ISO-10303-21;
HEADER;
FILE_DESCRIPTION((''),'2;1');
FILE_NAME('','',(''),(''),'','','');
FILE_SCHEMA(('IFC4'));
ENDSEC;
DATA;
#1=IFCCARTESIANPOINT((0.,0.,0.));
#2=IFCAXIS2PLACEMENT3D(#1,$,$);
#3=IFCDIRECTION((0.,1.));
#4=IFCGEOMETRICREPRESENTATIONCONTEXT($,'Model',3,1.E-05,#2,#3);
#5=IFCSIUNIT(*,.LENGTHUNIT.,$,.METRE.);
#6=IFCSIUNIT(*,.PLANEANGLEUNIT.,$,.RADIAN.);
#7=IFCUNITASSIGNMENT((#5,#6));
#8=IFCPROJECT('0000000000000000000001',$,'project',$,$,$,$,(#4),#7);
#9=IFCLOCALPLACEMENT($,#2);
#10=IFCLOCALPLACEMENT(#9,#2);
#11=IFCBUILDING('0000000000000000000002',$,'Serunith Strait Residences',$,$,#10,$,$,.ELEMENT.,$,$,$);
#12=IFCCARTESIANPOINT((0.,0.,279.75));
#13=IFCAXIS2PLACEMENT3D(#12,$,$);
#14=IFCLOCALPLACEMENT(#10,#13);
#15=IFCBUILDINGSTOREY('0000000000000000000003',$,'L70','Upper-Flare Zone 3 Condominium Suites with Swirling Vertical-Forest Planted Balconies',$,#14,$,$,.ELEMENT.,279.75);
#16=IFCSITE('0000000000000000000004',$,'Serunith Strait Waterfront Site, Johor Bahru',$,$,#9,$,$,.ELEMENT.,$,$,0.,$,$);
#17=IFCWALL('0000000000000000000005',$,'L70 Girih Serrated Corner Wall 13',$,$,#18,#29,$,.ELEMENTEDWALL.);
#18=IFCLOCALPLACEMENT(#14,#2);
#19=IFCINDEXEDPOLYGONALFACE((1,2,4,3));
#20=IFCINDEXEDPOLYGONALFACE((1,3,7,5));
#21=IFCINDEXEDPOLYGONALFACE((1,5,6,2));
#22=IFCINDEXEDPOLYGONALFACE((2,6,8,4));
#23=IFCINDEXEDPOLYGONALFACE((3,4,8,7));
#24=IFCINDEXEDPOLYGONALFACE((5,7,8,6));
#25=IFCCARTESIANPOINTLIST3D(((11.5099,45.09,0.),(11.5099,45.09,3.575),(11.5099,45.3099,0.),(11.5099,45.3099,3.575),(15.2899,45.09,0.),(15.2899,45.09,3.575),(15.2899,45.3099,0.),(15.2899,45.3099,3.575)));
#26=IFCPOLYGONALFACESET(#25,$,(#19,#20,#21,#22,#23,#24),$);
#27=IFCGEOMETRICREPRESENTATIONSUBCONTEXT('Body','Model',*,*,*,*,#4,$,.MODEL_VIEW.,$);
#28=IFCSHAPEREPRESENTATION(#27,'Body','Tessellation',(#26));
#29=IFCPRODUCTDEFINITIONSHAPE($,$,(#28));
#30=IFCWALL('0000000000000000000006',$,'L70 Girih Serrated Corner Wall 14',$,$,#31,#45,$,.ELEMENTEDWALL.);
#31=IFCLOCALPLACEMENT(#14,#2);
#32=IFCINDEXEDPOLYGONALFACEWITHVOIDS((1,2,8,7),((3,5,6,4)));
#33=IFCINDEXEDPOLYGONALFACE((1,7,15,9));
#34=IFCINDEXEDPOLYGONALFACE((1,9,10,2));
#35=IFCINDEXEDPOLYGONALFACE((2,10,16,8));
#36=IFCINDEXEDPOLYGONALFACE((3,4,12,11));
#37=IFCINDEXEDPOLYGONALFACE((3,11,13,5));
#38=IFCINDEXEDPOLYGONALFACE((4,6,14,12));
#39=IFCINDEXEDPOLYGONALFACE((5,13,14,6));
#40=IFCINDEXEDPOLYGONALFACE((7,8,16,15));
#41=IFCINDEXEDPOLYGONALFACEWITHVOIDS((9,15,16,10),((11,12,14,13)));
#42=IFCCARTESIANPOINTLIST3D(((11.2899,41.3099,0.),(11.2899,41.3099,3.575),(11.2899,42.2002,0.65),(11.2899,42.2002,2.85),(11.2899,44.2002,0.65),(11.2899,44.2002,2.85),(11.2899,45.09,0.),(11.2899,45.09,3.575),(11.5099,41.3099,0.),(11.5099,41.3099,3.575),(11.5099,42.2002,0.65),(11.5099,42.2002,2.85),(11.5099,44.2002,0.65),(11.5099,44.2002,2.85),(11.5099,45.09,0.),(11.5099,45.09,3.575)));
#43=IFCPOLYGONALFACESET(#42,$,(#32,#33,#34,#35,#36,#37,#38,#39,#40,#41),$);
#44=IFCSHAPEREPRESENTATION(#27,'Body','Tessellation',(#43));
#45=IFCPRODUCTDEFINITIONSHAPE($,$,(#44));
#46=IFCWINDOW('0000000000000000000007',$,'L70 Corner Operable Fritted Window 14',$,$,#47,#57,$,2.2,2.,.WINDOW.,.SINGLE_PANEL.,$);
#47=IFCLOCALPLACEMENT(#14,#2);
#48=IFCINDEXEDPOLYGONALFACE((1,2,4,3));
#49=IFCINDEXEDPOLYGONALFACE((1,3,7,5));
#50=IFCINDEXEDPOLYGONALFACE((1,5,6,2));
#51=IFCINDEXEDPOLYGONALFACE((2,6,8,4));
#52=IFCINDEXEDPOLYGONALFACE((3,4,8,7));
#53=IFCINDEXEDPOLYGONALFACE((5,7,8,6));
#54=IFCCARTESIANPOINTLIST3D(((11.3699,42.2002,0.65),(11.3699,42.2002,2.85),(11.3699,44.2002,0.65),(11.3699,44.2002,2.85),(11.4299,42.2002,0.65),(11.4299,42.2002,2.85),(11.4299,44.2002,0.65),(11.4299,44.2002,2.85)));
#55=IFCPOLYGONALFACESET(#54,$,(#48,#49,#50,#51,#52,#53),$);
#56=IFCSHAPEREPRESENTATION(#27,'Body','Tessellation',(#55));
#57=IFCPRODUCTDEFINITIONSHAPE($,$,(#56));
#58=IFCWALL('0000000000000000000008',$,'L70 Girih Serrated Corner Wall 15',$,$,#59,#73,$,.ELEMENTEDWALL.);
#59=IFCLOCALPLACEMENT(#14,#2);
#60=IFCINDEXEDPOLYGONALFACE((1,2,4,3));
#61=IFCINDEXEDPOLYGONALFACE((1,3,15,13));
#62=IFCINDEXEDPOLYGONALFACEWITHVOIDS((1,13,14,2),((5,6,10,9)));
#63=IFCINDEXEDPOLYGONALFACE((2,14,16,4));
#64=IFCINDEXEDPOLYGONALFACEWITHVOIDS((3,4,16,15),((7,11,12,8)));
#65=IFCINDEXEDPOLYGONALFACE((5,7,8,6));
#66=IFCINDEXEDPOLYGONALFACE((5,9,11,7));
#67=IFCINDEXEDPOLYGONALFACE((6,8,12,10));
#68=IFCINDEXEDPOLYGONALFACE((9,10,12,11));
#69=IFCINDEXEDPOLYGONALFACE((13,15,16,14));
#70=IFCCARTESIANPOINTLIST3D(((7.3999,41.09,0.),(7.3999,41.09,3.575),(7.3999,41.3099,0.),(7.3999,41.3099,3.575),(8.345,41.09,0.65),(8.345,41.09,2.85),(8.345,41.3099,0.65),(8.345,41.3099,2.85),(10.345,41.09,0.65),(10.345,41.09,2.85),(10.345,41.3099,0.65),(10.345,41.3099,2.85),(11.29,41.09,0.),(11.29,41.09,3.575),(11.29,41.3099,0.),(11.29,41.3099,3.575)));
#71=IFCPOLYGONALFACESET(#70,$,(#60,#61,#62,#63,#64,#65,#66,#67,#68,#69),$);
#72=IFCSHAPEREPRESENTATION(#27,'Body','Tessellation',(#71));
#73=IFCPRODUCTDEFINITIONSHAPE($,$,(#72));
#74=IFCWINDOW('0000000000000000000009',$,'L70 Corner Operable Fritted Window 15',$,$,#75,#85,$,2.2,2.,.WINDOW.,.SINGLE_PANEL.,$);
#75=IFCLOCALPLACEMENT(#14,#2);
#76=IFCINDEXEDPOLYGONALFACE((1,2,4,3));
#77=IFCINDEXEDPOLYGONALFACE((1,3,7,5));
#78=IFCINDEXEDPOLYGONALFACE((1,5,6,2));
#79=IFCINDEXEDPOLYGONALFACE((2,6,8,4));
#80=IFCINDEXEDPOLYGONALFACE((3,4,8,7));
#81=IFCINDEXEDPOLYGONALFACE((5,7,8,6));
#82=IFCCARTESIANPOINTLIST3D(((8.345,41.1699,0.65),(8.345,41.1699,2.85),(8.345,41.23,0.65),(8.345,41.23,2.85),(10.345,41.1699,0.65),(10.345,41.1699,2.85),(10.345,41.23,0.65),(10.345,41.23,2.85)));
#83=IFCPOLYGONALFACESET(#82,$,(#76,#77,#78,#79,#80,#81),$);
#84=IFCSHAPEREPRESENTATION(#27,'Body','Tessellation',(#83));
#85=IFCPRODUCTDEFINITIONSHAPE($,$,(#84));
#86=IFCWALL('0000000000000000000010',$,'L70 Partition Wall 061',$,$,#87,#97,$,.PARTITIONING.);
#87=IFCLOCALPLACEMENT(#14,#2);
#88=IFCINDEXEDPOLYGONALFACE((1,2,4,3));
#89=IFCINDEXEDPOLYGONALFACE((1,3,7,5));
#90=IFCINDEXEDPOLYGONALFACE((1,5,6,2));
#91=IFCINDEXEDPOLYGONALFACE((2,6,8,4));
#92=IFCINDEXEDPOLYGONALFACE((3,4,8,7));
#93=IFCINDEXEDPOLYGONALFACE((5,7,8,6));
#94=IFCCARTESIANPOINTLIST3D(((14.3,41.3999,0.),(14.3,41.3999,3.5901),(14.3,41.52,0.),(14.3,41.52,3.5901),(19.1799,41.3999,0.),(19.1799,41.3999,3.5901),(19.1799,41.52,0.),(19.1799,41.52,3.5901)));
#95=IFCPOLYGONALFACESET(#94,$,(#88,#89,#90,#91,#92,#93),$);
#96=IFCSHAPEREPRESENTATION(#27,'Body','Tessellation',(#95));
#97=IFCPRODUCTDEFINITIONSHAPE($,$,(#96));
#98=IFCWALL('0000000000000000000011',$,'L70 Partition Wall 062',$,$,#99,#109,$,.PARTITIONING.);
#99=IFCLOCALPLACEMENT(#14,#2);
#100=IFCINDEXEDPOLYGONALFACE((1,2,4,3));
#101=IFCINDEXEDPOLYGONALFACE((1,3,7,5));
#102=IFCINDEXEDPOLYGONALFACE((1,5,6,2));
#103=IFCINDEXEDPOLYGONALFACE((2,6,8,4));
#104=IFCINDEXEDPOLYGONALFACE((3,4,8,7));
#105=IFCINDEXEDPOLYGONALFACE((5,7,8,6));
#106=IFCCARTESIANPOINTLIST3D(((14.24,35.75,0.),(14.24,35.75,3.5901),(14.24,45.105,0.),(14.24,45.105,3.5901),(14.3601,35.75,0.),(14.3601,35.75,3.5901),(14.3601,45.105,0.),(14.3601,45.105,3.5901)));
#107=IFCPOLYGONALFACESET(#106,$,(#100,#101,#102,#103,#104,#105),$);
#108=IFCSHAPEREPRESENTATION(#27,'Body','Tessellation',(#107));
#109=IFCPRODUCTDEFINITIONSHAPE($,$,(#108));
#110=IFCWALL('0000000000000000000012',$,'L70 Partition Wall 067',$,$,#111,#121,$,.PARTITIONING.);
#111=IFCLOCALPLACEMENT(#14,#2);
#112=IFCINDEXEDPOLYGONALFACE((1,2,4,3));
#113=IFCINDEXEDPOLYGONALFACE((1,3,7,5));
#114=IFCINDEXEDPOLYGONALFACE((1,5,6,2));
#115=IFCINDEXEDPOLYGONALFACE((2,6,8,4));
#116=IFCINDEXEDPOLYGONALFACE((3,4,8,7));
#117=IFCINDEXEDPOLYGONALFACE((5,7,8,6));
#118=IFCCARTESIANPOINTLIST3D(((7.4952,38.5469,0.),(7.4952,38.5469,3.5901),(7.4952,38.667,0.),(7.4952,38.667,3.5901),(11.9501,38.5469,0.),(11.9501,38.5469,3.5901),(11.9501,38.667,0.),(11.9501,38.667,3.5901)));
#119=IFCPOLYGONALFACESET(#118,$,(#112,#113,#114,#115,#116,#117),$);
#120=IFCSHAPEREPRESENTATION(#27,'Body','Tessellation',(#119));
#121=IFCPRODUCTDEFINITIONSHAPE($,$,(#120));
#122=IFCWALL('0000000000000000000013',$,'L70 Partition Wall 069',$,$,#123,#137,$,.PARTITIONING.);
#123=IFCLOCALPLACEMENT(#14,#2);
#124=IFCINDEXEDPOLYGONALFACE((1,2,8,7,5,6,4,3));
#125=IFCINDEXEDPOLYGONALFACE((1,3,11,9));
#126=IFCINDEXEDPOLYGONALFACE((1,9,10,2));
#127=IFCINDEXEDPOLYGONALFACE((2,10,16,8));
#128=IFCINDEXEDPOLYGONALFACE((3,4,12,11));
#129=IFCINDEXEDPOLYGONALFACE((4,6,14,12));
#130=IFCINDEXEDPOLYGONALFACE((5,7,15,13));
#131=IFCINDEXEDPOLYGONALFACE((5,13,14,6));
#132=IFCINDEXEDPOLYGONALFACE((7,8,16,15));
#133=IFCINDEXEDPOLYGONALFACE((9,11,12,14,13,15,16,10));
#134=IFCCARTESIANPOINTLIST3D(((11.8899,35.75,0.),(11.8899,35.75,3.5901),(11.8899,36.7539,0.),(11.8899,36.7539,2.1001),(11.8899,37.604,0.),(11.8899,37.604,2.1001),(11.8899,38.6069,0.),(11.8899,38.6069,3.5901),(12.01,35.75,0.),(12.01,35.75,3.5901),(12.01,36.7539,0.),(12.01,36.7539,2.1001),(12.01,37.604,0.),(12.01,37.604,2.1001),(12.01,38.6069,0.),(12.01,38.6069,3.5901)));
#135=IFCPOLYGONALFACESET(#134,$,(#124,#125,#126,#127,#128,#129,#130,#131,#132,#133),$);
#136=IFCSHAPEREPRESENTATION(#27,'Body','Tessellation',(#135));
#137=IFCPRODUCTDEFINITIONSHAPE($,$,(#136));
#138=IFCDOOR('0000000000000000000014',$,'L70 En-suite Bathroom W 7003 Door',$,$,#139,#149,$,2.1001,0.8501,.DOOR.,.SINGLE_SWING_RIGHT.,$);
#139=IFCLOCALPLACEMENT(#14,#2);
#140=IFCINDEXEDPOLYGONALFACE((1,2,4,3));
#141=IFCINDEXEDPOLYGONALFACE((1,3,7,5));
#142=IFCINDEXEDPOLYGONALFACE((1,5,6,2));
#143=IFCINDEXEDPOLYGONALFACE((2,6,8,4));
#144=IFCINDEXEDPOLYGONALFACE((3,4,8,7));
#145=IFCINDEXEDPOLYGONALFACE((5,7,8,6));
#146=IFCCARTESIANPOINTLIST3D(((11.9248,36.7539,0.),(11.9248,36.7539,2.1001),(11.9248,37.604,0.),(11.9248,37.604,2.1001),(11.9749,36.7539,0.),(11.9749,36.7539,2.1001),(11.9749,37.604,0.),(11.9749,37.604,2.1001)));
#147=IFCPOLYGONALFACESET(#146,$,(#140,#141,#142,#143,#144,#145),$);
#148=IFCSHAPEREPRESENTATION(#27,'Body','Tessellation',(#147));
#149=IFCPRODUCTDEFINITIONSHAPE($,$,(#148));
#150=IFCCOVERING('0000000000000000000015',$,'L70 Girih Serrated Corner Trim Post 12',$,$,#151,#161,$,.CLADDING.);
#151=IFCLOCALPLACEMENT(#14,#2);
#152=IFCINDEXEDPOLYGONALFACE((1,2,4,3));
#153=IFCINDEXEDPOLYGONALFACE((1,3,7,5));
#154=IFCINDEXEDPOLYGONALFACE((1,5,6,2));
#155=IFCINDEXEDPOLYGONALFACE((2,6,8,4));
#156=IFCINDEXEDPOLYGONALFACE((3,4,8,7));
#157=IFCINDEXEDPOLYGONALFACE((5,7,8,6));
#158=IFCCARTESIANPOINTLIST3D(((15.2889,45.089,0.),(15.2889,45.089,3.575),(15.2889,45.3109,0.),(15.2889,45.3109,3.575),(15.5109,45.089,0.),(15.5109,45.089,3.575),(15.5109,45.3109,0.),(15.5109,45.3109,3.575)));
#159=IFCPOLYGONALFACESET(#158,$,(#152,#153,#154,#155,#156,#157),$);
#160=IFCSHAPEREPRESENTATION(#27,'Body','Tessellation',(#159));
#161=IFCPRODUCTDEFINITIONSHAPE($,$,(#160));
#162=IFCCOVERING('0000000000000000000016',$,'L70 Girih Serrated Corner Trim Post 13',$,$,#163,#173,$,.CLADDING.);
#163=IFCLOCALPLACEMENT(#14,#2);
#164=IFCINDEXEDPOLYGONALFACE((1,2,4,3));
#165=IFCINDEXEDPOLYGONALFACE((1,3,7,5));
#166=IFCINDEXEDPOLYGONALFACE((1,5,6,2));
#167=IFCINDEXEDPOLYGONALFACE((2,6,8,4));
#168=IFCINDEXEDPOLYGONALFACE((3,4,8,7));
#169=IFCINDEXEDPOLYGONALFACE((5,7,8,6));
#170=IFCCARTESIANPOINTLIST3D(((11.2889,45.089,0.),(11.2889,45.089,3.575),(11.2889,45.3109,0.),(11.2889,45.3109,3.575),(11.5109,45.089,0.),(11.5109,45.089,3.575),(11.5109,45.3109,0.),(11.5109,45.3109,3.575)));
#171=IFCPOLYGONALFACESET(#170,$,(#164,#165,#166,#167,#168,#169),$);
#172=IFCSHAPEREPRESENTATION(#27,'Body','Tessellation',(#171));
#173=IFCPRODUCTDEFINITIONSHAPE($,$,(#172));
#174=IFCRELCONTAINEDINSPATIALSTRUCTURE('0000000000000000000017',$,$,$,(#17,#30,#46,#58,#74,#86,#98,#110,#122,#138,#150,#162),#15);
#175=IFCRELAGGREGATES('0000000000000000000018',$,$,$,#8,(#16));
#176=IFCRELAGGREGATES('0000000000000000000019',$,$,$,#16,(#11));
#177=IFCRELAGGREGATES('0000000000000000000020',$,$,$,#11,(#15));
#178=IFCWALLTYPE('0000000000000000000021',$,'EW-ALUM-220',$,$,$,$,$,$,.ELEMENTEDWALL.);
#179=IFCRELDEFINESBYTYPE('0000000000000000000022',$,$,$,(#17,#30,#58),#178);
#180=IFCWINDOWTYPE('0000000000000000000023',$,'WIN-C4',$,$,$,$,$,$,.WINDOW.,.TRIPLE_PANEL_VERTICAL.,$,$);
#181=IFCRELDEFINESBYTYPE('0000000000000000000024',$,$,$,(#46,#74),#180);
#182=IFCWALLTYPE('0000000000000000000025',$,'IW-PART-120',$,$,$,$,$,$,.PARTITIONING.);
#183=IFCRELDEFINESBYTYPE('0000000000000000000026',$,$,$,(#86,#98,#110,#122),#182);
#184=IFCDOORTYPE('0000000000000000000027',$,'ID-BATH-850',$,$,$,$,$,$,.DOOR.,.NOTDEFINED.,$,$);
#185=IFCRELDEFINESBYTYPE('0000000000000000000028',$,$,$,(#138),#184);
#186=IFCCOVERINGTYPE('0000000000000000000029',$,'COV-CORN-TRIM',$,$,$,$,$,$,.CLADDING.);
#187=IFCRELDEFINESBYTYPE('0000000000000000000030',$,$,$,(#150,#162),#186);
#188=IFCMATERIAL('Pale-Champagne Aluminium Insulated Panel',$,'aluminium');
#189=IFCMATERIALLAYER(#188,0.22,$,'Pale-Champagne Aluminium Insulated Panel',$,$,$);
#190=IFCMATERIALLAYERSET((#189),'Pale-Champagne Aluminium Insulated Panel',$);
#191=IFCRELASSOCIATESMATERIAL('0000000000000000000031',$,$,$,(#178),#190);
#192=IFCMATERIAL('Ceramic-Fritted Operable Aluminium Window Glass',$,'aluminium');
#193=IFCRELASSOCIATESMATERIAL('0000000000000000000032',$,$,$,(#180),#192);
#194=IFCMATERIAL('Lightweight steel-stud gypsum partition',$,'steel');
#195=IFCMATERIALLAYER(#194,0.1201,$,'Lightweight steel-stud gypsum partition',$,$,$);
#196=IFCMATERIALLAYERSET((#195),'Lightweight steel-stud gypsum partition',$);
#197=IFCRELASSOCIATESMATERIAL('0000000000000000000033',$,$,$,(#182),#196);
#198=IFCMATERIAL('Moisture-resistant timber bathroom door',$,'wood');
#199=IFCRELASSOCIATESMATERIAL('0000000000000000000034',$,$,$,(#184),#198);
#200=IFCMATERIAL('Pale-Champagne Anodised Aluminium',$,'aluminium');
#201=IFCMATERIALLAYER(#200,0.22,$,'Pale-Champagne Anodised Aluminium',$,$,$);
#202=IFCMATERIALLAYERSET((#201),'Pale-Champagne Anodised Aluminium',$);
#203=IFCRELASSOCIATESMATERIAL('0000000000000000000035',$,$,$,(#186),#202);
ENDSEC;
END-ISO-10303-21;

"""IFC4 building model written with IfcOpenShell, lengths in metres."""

from ifc_helpers import new_model, si_unit, direction, frame, frame_2d, origin, origin_2d, place, context, subcontext, project, spatial, rectangle, extrude, source, transform, mapped, material, layer, layer_set, type_object, element, fill, save


model = new_model("IFC4")

# Units and contexts
model_context = context("Model", 3, precision=1e-05, world=origin(), true_north=direction((0.0, 1.0)))
body_context = subcontext(model_context, "Body", "Model", "MODEL_VIEW")
ifc_project = project(units=[si_unit("LENGTHUNIT", "METRE"), si_unit("PLANEANGLEUNIT", "RADIAN")], contexts=[model_context])

# Site, building, storey
site_placement = place(None, origin())
site = spatial("IfcSite", under=ifc_project, at=site_placement, Name="Serunith Strait Waterfront Site, Johor Bahru", CompositionType="ELEMENT", RefElevation=0.0)
building_placement = place(site_placement, origin())
building = spatial("IfcBuilding", under=site, at=building_placement, Name="Serunith Strait Residences", CompositionType="ELEMENT")
storey_placement = place(building_placement, frame((0.0, 0.0, 279.75)))
storey = spatial("IfcBuildingStorey", under=building, at=storey_placement, Name="L70", Description="Upper-Flare Zone 3 Condominium Suites with Swirling Vertical-Forest Planted Balconies", CompositionType="ELEMENT", Elevation=279.75)

# Shared definitions
ifc_material_1 = material(Name="Pale-Champagne Anodised Aluminium", Category="aluminium")

# Shared definitions
ifc_material_2 = material(Name="Pale-Champagne Aluminium Insulated Panel", Category="aluminium")
ifc_layer_1 = layer(ifc_material_2, 0.22, Name="Pale-Champagne Aluminium Insulated Panel")
ifc_layer_set_1 = layer_set([ifc_layer_1], Name="Pale-Champagne Aluminium Insulated Panel")
wall_type_1 = type_object("IfcWallType", Name="EW-ALUM-220", PredefinedType="ELEMENTEDWALL", material=ifc_layer_set_1)
ifc_material_3 = material(Name="Ceramic-Fritted Operable Aluminium Window Glass", Category="aluminium")
window_type = type_object("IfcWindowType", Name="WIN-C4", PartitioningType="TRIPLE_PANEL_VERTICAL", PredefinedType="WINDOW", material=ifc_material_3)
shared_shape_1 = source(origin(), body_context, "Body", "SweptSolid", [
    extrude(rectangle(XDim=2.0, YDim=2.2, at=frame_2d((1.0, 1.1001))), frame((0.0, 0.03, 0.0), z_axis=(0.0, -1.0, 0.0), x_axis=(1.0, 0.0, 0.0)), (0.0, 0.0, 1.0), 0.0601),
])

# Wall
wall_1_placement = place(storey_placement, frame((15.29, 45.2, 0.0), z_axis=(0.0, 0.0, 1.0), x_axis=(-1.0, 0.0, 0.0)))
element("IfcWall", 1, at=wall_1_placement, inside=storey, type_object=wall_type_1, Name="L70 Girih Serrated Corner Wall 13", PredefinedType="ELEMENTEDWALL", context=body_context, shape_type="SweptSolid", body=[
    extrude(rectangle(XDim=3.78, YDim=0.22, at=frame_2d((1.8901, 0.0))), origin(), (0.0, 0.0, 1.0), 3.575),
])

# Walls, openings, windows
wall_2_placement = place(storey_placement, frame((11.3999, 45.0901, 0.0), z_axis=(0.0, 0.0, 1.0), x_axis=(0.0, -1.0, 0.0)))
wall_2 = element("IfcWall", 2, at=wall_2_placement, inside=storey, type_object=wall_type_1, Name="L70 Girih Serrated Corner Wall 14", PredefinedType="ELEMENTEDWALL", context=body_context, shape_type="SweptSolid", body=[
    extrude(rectangle(XDim=3.78, YDim=0.22, at=frame_2d((1.8901, 0.0))), origin(), (0.0, 0.0, 1.0), 3.575),
])
opening_1_placement = place(wall_2_placement, frame((0.8899, 0.0, 0.6499)))
opening_1 = element("IfcOpeningElement", 3, at=opening_1_placement, cuts=wall_2, PredefinedType="OPENING", context=body_context, shape_type="SweptSolid", body=[
    extrude(rectangle(XDim=2.0, YDim=2.2, at=frame_2d((1.0, 1.1001))), frame((0.0, 0.1201, 0.0), z_axis=(0.0, -1.0, 0.0), x_axis=(1.0, 0.0, 0.0)), (0.0, 0.0, 1.0), 0.24),
])
window_1_placement = place(opening_1_placement, origin())
window_1 = element("IfcWindow", 4, at=window_1_placement, inside=storey, type_object=window_type, Name="L70 Corner Operable Fritted Window 14", OverallHeight=2.2, OverallWidth=2.0, PartitioningType="SINGLE_PANEL", PredefinedType="WINDOW", context=body_context, shape_type="MappedRepresentation", body=[
    mapped(shared_shape_1, transform((0.0, 0.0, 0.0), scale=1.0)),
])
fill(opening_1, window_1)
wall_3_placement = place(storey_placement, frame((11.29, 41.2, 0.0), z_axis=(0.0, 0.0, 1.0), x_axis=(-1.0, 0.0, 0.0)))
wall_3 = element("IfcWall", 5, at=wall_3_placement, inside=storey, type_object=wall_type_1, Name="L70 Girih Serrated Corner Wall 15", PredefinedType="ELEMENTEDWALL", context=body_context, shape_type="SweptSolid", body=[
    extrude(rectangle(XDim=3.8901, YDim=0.22, at=frame_2d((1.9451, 0.0))), origin(), (0.0, 0.0, 1.0), 3.575),
])
opening_2_placement = place(wall_3_placement, frame((0.9451, 0.0, 0.6499)))
opening_2 = element("IfcOpeningElement", 6, at=opening_2_placement, cuts=wall_3, PredefinedType="OPENING", context=body_context, shape_type="SweptSolid", body=[
    extrude(rectangle(XDim=2.0, YDim=2.2, at=frame_2d((1.0, 1.1001))), frame((0.0, 0.1201, 0.0), z_axis=(0.0, -1.0, 0.0), x_axis=(1.0, 0.0, 0.0)), (0.0, 0.0, 1.0), 0.24),
])
window_2_placement = place(opening_2_placement, origin())
window_2 = element("IfcWindow", 7, at=window_2_placement, inside=storey, type_object=window_type, Name="L70 Corner Operable Fritted Window 15", OverallHeight=2.2, OverallWidth=2.0, PartitioningType="SINGLE_PANEL", PredefinedType="WINDOW", context=body_context, shape_type="MappedRepresentation", body=[
    mapped(shared_shape_1, transform((0.0, 0.0, 0.0), scale=1.0)),
])
fill(opening_2, window_2)

# Walls
ifc_material_4 = material(Name="Lightweight steel-stud gypsum partition", Category="steel")
ifc_layer_2 = layer(ifc_material_4, 0.1201, Name="Lightweight steel-stud gypsum partition")
ifc_layer_set_2 = layer_set([ifc_layer_2], Name="Lightweight steel-stud gypsum partition")
wall_type_2 = type_object("IfcWallType", Name="IW-PART-120", PredefinedType="PARTITIONING", material=ifc_layer_set_2)
wall_4_placement = place(storey_placement, frame((14.3, 41.46, 0.0), z_axis=(0.0, 0.0, 1.0), x_axis=(1.0, 0.0, 0.0)))
element("IfcWall", 8, at=wall_4_placement, inside=storey, type_object=wall_type_2, Name="L70 Partition Wall 061", PredefinedType="PARTITIONING", context=body_context, shape_type="SweptSolid", body=[
    extrude(rectangle(XDim=4.8799, YDim=0.1201, at=frame_2d((2.4399, 0.0))), origin(), (0.0, 0.0, 1.0), 3.5901),
])
wall_5_placement = place(storey_placement, frame((14.3, 45.105, 0.0), z_axis=(0.0, 0.0, 1.0), x_axis=(0.0, -1.0, 0.0)))
element("IfcWall", 9, at=wall_5_placement, inside=storey, type_object=wall_type_2, Name="L70 Partition Wall 062", PredefinedType="PARTITIONING", context=body_context, shape_type="SweptSolid", body=[
    extrude(rectangle(XDim=9.355, YDim=0.1201, at=frame_2d((4.6775, 0.0))), origin(), (0.0, 0.0, 1.0), 3.5901),
])
wall_6_placement = place(storey_placement, frame((7.4951, 38.6069, 0.0), z_axis=(0.0, 0.0, 1.0), x_axis=(1.0, 0.0, 0.0)))
element("IfcWall", 10, at=wall_6_placement, inside=storey, type_object=wall_type_2, Name="L70 Partition Wall 067", PredefinedType="PARTITIONING", context=body_context, shape_type="SweptSolid", body=[
    extrude(rectangle(XDim=4.4548, YDim=0.1201, at=frame_2d((2.2275, 0.0))), origin(), (0.0, 0.0, 1.0), 3.5901),
])

# Wall, opening, door
wall_7_placement = place(storey_placement, frame((11.95, 38.6069, 0.0), z_axis=(0.0, 0.0, 1.0), x_axis=(0.0, -1.0, 0.0)))
wall_7 = element("IfcWall", 11, at=wall_7_placement, inside=storey, type_object=wall_type_2, Name="L70 Partition Wall 069", PredefinedType="PARTITIONING", context=body_context, shape_type="SweptSolid", body=[
    extrude(rectangle(XDim=2.8569, YDim=0.1201, at=frame_2d((1.4285, 0.0))), origin(), (0.0, 0.0, 1.0), 3.5901),
])
opening_3_placement = place(wall_7_placement, frame((1.0029, 0.0, 0.0)))
opening_3 = element("IfcOpeningElement", 12, at=opening_3_placement, cuts=wall_7, PredefinedType="OPENING", context=body_context, shape_type="SweptSolid", body=[
    extrude(rectangle(XDim=0.8501, YDim=2.1001, at=frame_2d((0.425, 1.05))), frame((0.0, 0.0701, 0.0), z_axis=(0.0, -1.0, 0.0), x_axis=(1.0, 0.0, 0.0)), (0.0, 0.0, 1.0), 0.1401),
])
ifc_material_5 = material(Name="Moisture-resistant timber bathroom door", Category="wood")
door_type = type_object("IfcDoorType", Name="ID-BATH-850", OperationType="NOTDEFINED", PredefinedType="DOOR", material=ifc_material_5)
shared_shape_2 = source(origin(), body_context, "Body", "SweptSolid", [
    extrude(rectangle(XDim=0.8501, YDim=2.1001, at=frame_2d((0.425, 1.05))), frame((0.0, 0.0249, 0.0), z_axis=(0.0, -1.0, 0.0), x_axis=(1.0, 0.0, 0.0)), (0.0, 0.0, 1.0), 0.05),
])
door_placement = place(opening_3_placement, origin())
door = element("IfcDoor", 13, at=door_placement, inside=storey, type_object=door_type, Name="L70 En-suite Bathroom W 7003 Door", OperationType="SINGLE_SWING_RIGHT", OverallHeight=2.1001, OverallWidth=0.8501, PredefinedType="DOOR", context=body_context, shape_type="MappedRepresentation", body=[
    mapped(shared_shape_2, transform((0.0, 0.0, 0.0), scale=1.0)),
])
fill(opening_3, door)

# Coverings
ifc_layer_3 = layer(ifc_material_1, 0.22, Name="Pale-Champagne Anodised Aluminium")
ifc_layer_set_3 = layer_set([ifc_layer_3], Name="Pale-Champagne Anodised Aluminium")
covering_type = type_object("IfcCoveringType", Name="COV-CORN-TRIM", PredefinedType="CLADDING", material=ifc_layer_set_3)
shared_shape_3 = source(origin(), body_context, "Body", "SweptSolid", [
    extrude(rectangle(XDim=0.2219, YDim=0.2219, at=origin_2d()), origin(), (0.0, 0.0, 1.0), 3.575),
])
for number, where, z_axis, x_axis, name in (
    (14, (15.3999, 45.2, 0.0), (0.0, 0.0, 1.0), (1.0, 0.0, 0.0), "L70 Girih Serrated Corner Trim Post 12"),
    (15, (11.3999, 45.2, 0.0), (0.0, 0.0, 1.0), (1.0, 0.0, 0.0), "L70 Girih Serrated Corner Trim Post 13"),
):
    element("IfcCovering", number, at=place(storey_placement, frame(where, z_axis=z_axis, x_axis=x_axis)), inside=storey, type_object=covering_type, Name=name, PredefinedType="CLADDING", context=body_context, shape_type="MappedRepresentation", body=[
        mapped(shared_shape_3, transform((0.0, 0.0, 0.0), scale=1.0)),
    ])

save(model, "model.ifc")
